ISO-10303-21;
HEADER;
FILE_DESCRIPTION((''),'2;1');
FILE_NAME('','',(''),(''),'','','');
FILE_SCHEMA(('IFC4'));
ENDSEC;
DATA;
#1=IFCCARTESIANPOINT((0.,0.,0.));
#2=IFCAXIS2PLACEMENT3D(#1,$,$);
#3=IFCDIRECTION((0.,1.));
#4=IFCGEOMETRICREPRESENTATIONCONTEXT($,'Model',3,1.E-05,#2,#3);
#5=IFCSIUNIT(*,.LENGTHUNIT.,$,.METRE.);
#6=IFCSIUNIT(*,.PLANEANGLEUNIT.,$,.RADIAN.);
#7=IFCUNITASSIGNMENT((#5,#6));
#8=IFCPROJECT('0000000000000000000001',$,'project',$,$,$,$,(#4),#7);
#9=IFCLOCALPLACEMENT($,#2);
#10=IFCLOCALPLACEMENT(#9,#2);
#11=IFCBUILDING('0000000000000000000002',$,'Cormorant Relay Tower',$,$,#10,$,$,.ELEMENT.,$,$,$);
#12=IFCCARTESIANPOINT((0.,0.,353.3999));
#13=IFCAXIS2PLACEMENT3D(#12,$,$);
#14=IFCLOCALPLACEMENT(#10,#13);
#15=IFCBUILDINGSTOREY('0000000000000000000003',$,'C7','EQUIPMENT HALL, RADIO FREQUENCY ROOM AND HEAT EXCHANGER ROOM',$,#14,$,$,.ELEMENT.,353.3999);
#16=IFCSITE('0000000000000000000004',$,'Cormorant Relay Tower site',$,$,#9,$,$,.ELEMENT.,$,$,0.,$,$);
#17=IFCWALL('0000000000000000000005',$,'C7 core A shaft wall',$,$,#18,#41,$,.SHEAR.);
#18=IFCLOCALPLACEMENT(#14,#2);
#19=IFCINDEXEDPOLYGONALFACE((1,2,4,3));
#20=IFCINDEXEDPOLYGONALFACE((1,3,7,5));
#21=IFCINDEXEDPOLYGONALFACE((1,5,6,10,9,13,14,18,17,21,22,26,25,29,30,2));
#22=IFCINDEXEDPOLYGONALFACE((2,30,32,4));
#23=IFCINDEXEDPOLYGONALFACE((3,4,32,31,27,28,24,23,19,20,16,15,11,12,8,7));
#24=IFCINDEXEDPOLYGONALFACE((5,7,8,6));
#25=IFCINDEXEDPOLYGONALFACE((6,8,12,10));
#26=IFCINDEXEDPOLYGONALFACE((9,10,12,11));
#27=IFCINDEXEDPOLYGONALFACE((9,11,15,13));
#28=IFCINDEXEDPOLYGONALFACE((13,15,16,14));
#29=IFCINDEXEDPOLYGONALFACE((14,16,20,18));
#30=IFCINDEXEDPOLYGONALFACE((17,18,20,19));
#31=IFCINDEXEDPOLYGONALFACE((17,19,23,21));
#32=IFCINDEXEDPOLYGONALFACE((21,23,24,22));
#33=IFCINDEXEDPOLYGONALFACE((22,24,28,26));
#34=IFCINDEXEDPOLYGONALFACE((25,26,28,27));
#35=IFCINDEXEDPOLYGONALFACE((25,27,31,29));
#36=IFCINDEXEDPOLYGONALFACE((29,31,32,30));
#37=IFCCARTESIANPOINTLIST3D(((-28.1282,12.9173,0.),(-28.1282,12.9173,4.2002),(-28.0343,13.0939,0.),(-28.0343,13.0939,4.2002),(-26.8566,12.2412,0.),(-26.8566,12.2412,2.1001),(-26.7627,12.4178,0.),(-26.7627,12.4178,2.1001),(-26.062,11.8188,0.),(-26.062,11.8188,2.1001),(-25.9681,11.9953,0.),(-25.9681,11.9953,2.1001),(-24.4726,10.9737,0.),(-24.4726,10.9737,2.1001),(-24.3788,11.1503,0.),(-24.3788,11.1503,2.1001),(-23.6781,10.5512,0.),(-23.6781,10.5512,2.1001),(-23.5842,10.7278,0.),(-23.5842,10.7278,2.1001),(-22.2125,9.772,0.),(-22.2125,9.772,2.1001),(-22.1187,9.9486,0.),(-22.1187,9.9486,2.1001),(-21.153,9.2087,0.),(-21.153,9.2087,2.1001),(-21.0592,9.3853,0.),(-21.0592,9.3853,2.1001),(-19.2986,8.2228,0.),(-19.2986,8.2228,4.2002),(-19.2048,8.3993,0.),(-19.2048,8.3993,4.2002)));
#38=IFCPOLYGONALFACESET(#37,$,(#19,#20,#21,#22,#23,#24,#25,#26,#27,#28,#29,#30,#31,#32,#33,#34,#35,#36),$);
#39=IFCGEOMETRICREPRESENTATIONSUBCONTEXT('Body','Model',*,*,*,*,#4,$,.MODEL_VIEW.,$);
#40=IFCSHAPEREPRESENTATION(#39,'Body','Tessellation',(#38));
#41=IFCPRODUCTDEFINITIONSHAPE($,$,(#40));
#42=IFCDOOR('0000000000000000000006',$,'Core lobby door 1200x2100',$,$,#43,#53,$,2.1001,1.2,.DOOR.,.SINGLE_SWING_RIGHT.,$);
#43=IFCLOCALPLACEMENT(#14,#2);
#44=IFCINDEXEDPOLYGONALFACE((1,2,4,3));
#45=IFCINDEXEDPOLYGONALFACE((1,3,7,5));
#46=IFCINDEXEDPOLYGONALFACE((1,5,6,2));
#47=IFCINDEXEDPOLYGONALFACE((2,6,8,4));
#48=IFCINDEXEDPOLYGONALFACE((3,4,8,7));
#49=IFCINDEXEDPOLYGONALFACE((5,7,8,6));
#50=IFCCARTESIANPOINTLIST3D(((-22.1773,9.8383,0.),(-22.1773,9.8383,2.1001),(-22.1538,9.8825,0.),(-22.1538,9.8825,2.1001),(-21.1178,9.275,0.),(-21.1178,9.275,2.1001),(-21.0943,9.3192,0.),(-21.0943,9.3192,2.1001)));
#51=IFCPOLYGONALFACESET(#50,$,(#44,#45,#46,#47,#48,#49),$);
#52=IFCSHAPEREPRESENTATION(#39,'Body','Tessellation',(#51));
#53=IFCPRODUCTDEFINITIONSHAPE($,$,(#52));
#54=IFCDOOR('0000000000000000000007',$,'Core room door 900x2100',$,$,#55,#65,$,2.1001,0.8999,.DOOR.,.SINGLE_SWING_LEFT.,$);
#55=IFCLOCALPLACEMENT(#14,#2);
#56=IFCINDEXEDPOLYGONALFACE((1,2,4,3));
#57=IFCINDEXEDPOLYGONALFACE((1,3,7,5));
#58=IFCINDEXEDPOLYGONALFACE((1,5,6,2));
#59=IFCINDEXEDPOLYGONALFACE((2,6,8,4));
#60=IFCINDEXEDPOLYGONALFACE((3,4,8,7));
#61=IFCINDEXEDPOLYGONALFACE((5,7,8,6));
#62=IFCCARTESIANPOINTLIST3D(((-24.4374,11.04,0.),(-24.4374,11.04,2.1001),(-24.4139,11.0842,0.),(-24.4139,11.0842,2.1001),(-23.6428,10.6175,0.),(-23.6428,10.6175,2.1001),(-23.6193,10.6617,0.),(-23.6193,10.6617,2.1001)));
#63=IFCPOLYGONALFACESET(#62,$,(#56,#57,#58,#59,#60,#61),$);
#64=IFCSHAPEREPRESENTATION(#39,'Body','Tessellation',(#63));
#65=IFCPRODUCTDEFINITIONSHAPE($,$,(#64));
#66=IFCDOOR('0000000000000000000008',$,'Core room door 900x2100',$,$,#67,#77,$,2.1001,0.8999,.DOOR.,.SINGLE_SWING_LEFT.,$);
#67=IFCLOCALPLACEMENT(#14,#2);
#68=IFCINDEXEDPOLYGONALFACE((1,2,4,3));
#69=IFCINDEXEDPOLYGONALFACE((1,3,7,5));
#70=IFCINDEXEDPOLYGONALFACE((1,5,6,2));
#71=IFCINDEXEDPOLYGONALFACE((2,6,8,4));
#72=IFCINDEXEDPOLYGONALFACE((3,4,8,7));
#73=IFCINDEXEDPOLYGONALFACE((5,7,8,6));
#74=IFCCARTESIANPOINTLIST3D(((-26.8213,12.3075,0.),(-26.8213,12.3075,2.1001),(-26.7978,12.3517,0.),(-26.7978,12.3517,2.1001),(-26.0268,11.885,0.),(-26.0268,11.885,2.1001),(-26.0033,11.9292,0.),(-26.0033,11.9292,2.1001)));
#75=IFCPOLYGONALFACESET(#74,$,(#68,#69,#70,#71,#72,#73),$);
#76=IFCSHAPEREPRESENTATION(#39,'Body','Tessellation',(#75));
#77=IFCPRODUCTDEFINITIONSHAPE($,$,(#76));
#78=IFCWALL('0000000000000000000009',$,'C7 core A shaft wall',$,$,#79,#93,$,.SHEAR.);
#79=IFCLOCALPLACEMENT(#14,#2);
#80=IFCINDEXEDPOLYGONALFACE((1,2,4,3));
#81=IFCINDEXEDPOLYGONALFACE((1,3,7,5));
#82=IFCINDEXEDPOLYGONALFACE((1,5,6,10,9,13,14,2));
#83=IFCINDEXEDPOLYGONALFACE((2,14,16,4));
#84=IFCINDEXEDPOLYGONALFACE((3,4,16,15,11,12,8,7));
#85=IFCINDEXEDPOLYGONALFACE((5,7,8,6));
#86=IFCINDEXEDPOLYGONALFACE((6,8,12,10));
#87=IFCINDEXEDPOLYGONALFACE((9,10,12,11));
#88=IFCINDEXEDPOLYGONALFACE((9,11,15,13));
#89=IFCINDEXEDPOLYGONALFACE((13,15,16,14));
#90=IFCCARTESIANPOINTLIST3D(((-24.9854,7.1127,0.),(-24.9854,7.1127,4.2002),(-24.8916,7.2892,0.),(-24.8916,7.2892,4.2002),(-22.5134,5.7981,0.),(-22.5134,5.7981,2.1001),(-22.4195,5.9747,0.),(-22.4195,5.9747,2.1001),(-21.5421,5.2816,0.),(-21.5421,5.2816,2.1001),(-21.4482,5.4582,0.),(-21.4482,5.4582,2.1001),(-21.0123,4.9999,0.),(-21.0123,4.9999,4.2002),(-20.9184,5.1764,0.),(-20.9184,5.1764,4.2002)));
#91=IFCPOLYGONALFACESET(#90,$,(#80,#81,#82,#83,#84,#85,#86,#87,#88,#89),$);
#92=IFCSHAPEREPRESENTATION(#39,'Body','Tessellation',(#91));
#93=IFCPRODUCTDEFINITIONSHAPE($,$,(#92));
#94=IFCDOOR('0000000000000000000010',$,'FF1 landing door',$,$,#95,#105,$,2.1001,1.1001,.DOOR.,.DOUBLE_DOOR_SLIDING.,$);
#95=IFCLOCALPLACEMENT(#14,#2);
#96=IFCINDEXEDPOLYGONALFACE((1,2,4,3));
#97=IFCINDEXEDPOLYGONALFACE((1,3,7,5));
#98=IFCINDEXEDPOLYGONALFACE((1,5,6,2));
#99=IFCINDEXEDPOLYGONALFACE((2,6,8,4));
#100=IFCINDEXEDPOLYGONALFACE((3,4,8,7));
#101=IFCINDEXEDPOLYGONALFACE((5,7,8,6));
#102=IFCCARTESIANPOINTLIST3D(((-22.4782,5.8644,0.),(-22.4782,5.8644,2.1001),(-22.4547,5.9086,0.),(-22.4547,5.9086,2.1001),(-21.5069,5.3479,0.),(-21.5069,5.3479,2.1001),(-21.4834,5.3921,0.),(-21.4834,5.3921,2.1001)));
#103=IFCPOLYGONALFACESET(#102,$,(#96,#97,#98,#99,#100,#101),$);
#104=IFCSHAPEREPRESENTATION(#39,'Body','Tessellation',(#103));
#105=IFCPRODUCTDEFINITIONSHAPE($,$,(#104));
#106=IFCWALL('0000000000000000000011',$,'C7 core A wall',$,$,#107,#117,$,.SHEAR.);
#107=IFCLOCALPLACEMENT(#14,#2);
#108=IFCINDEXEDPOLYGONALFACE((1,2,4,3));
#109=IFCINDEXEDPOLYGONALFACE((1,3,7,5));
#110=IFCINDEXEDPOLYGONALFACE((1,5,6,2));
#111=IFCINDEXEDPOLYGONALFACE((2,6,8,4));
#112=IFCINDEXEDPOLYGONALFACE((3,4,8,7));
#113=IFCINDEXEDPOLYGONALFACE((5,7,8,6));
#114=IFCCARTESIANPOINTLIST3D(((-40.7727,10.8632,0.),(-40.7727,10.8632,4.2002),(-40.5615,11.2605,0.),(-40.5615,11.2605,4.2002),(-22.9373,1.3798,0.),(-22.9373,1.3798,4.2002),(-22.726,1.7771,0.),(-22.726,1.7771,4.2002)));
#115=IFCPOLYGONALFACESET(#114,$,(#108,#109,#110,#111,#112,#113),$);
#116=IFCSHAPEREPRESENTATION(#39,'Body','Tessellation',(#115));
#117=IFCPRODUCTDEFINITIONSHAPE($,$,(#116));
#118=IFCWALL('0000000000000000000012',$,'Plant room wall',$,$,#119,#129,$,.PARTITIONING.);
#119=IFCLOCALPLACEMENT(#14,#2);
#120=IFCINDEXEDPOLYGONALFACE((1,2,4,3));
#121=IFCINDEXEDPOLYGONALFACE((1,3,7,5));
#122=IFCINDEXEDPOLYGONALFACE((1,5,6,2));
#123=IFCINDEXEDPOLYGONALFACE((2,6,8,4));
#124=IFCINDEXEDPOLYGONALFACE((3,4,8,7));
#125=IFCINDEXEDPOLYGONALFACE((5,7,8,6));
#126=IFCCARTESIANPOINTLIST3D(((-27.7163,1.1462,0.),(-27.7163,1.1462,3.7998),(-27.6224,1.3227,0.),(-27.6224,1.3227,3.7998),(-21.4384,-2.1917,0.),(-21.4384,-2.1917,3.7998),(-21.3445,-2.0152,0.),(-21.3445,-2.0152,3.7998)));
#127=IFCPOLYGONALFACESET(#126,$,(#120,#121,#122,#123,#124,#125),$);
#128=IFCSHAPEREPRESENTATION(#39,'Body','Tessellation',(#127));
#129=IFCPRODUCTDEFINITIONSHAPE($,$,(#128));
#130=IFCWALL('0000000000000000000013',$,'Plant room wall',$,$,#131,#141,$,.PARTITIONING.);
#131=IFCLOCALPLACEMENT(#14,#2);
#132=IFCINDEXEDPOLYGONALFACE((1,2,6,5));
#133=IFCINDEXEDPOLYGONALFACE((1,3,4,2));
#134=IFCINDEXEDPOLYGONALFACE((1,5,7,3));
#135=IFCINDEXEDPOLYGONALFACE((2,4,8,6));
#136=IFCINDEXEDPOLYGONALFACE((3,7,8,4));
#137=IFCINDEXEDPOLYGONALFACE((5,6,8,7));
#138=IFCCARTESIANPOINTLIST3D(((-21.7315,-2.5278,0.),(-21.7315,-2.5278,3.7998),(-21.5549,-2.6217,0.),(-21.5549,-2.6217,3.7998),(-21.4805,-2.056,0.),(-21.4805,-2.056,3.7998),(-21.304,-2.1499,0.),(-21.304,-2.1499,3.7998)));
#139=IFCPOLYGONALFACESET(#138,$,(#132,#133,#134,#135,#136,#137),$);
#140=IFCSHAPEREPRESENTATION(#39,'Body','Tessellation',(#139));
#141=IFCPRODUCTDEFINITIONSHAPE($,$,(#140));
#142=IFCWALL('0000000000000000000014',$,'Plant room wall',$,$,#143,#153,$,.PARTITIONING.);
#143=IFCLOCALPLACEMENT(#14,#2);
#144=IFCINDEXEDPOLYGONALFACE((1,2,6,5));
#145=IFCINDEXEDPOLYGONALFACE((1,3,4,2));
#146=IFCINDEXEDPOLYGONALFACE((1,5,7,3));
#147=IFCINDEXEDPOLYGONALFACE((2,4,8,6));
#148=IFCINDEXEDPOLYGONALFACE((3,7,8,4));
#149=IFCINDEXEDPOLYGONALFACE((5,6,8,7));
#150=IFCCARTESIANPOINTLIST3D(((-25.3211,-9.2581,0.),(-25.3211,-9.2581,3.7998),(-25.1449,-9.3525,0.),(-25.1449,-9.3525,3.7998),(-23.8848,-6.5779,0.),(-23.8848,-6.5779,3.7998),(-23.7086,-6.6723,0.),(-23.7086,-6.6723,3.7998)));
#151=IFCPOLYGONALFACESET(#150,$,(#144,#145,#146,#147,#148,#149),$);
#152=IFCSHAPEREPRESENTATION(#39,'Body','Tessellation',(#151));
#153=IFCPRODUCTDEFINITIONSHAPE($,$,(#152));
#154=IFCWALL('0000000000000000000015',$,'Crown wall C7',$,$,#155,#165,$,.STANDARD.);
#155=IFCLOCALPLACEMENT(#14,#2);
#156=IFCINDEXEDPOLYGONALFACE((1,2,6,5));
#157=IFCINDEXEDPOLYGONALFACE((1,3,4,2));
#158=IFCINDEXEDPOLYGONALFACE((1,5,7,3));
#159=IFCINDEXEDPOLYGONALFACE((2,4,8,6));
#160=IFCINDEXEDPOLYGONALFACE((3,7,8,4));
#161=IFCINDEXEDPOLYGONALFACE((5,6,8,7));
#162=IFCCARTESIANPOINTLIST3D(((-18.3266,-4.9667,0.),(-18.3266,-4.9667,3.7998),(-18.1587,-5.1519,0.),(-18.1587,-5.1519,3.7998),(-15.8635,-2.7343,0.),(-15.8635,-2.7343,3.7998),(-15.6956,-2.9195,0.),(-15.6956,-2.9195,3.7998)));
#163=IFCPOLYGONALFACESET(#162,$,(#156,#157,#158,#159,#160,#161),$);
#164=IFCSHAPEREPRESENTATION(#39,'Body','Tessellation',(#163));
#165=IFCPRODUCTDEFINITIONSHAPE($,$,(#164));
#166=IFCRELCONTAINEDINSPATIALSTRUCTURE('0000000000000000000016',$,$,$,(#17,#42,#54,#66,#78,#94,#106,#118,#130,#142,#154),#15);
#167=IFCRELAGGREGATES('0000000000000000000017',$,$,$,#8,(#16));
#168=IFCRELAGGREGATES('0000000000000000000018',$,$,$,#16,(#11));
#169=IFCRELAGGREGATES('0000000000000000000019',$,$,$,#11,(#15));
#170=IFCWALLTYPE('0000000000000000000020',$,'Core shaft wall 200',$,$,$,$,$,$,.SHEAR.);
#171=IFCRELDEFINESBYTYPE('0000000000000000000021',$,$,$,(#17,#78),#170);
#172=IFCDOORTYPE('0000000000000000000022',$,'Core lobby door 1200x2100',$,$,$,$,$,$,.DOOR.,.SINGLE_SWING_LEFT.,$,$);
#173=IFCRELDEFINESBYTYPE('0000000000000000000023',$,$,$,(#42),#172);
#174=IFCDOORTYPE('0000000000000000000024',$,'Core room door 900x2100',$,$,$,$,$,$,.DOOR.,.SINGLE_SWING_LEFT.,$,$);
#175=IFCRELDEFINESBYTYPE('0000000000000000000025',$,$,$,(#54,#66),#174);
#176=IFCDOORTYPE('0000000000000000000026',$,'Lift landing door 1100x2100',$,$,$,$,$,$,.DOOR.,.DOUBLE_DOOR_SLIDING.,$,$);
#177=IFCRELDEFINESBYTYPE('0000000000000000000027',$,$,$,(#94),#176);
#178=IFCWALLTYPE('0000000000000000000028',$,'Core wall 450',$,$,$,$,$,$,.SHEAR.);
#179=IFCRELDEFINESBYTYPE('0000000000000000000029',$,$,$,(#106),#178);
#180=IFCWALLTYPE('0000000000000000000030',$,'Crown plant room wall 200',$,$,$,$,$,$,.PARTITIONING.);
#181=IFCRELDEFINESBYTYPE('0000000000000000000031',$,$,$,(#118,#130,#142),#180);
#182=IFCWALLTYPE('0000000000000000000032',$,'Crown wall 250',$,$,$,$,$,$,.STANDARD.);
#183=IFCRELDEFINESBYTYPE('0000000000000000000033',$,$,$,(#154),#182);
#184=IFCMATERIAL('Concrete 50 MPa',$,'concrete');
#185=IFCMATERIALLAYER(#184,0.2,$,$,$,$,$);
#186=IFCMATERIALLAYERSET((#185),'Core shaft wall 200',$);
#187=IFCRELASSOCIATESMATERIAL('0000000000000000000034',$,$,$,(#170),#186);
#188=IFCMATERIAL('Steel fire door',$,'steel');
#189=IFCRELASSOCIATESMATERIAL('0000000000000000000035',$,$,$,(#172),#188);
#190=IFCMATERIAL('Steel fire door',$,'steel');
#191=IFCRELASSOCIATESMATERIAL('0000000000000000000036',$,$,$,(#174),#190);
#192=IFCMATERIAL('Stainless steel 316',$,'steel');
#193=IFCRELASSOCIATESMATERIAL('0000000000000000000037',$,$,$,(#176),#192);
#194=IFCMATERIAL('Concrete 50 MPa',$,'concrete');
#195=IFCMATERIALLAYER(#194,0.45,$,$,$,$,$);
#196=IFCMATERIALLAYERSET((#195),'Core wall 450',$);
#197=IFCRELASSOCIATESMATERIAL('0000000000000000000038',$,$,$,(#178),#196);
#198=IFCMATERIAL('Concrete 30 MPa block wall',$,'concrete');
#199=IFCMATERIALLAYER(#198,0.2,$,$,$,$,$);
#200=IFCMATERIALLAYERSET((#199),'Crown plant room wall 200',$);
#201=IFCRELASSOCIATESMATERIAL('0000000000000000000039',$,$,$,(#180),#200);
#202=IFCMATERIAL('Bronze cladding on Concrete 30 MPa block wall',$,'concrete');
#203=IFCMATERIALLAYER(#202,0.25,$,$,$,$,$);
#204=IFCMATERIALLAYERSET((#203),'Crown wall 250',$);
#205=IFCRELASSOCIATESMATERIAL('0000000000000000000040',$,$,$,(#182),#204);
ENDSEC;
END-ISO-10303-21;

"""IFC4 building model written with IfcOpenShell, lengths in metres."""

from ifc_helpers import new_model, si_unit, direction, frame, frame_2d, origin, place, context, subcontext, project, spatial, rectangle, extrude, material, layer, layer_set, type_object, element, fill, save


model = new_model("IFC4")

# Units and contexts
model_context = context("Model", 3, precision=1e-05, world=origin(), true_north=direction((0.0, 1.0)))
body_context = subcontext(model_context, "Body", "Model", "MODEL_VIEW")
ifc_project = project(units=[si_unit("LENGTHUNIT", "METRE"), si_unit("PLANEANGLEUNIT", "RADIAN")], contexts=[model_context])

# Site, building, storey
site_placement = place(None, origin())
site = spatial("IfcSite", under=ifc_project, at=site_placement, Name="Cormorant Relay Tower site", CompositionType="ELEMENT", RefElevation=0.0)
building_placement = place(site_placement, origin())
building = spatial("IfcBuilding", under=site, at=building_placement, Name="Cormorant Relay Tower", CompositionType="ELEMENT")
storey_placement = place(building_placement, frame((0.0, 0.0, 353.3999)))
storey = spatial("IfcBuildingStorey", under=building, at=storey_placement, Name="C7", Description="EQUIPMENT HALL, RADIO FREQUENCY ROOM AND HEAT EXCHANGER ROOM", CompositionType="ELEMENT", Elevation=353.3999)

# Shared definitions
ifc_material_1 = material(Name="Concrete 50 MPa", Category="concrete")
ifc_layer_1 = layer(ifc_material_1, 0.2)
ifc_layer_set_1 = layer_set([ifc_layer_1], Name="Core shaft wall 200")
wall_type_1 = type_object("IfcWallType", Name="Core shaft wall 200", PredefinedType="SHEAR", material=ifc_layer_set_1)

# Wall, openings, doors
wall_1_placement = place(storey_placement, frame((-19.2517, 8.311, 0.0), z_axis=(0.0, 0.0, 1.0), x_axis=(-0.882956, 0.469456, 0.0)))
wall_1 = element("IfcWall", 1, at=wall_1_placement, inside=storey, type_object=wall_type_1, Name="C7 core A shaft wall", PredefinedType="SHEAR", context=body_context, shape_type="SweptSolid", body=[
    extrude(rectangle(XDim=10.0, YDim=0.2, at=frame_2d((5.0, 0.0))), origin(), (0.0, 0.0, 1.0), 4.2002),
])
opening_1_placement = place(wall_1_placement, frame((2.1001, 0.0, 0.0)))
opening_1 = element("IfcOpeningElement", 2, at=opening_1_placement, cuts=wall_1, PredefinedType="OPENING", context=body_context, shape_type="SweptSolid", body=[
    extrude(rectangle(XDim=1.2, YDim=2.1001, at=frame_2d((0.6001, 1.05))), frame((0.0, 0.1099, 0.0), z_axis=(0.0, -1.0, 0.0), x_axis=(1.0, 0.0, 0.0)), (0.0, 0.0, 1.0), 0.22),
])
opening_2_placement = place(wall_1_placement, frame((4.96, 0.0, 0.0)))
opening_2 = element("IfcOpeningElement", 3, at=opening_2_placement, cuts=wall_1, PredefinedType="OPENING", context=body_context, shape_type="SweptSolid", body=[
    extrude(rectangle(XDim=0.8999, YDim=2.1001, at=frame_2d((0.45, 1.05))), frame((0.0, 0.1099, 0.0), z_axis=(0.0, -1.0, 0.0), x_axis=(1.0, 0.0, 0.0)), (0.0, 0.0, 1.0), 0.22),
])
opening_3_placement = place(wall_1_placement, frame((7.6599, 0.0, 0.0)))
opening_3 = element("IfcOpeningElement", 4, at=opening_3_placement, cuts=wall_1, PredefinedType="OPENING", context=body_context, shape_type="SweptSolid", body=[
    extrude(rectangle(XDim=0.8999, YDim=2.1001, at=frame_2d((0.45, 1.05))), frame((0.0, 0.1099, 0.0), z_axis=(0.0, -1.0, 0.0), x_axis=(1.0, 0.0, 0.0)), (0.0, 0.0, 1.0), 0.22),
])
ifc_material_2 = material(Name="Steel fire door", Category="steel")
door_type_1 = type_object("IfcDoorType", Name="Core lobby door 1200x2100", OperationType="SINGLE_SWING_LEFT", PredefinedType="DOOR", material=ifc_material_2)
door_1_placement = place(opening_1_placement, origin())
door_1 = element("IfcDoor", 5, at=door_1_placement, inside=storey, type_object=door_type_1, Name="Core lobby door 1200x2100", OperationType="SINGLE_SWING_RIGHT", OverallHeight=2.1001, OverallWidth=1.2, PredefinedType="DOOR", context=body_context, shape_type="SweptSolid", body=[
    extrude(rectangle(XDim=1.2, YDim=2.1001, at=frame_2d((0.6001, 1.05))), frame((0.0, 0.0249, 0.0), z_axis=(0.0, -1.0, 0.0), x_axis=(1.0, 0.0, 0.0)), (0.0, 0.0, 1.0), 0.05),
])
fill(opening_1, door_1)
ifc_material_3 = material(Name="Steel fire door", Category="steel")
door_type_2 = type_object("IfcDoorType", Name="Core room door 900x2100", OperationType="SINGLE_SWING_LEFT", PredefinedType="DOOR", material=ifc_material_3)
door_2_placement = place(opening_2_placement, origin())
door_2 = element("IfcDoor", 6, at=door_2_placement, inside=storey, type_object=door_type_2, Name="Core room door 900x2100", OperationType="SINGLE_SWING_LEFT", OverallHeight=2.1001, OverallWidth=0.8999, PredefinedType="DOOR", context=body_context, shape_type="SweptSolid", body=[
    extrude(rectangle(XDim=0.8999, YDim=2.1001, at=frame_2d((0.45, 1.05))), frame((0.0, 0.0249, 0.0), z_axis=(0.0, -1.0, 0.0), x_axis=(1.0, 0.0, 0.0)), (0.0, 0.0, 1.0), 0.05),
])
fill(opening_2, door_2)
door_3_placement = place(opening_3_placement, origin())
door_3 = element("IfcDoor", 7, at=door_3_placement, inside=storey, type_object=door_type_2, Name="Core room door 900x2100", OperationType="SINGLE_SWING_LEFT", OverallHeight=2.1001, OverallWidth=0.8999, PredefinedType="DOOR", context=body_context, shape_type="SweptSolid", body=[
    extrude(rectangle(XDim=0.8999, YDim=2.1001, at=frame_2d((0.45, 1.05))), frame((0.0, 0.0249, 0.0), z_axis=(0.0, -1.0, 0.0), x_axis=(1.0, 0.0, 0.0)), (0.0, 0.0, 1.0), 0.05),
])
fill(opening_3, door_3)

# Wall, opening, door
wall_2_placement = place(storey_placement, frame((-20.9653, 5.0881, 0.0), z_axis=(0.0, 0.0, 1.0), x_axis=(-0.882926, 0.469512, 0.0)))
wall_2 = element("IfcWall", 8, at=wall_2_placement, inside=storey, type_object=wall_type_1, Name="C7 core A shaft wall", PredefinedType="SHEAR", context=body_context, shape_type="SweptSolid", body=[
    extrude(rectangle(XDim=4.5, YDim=0.2, at=frame_2d((2.25, 0.0))), origin(), (0.0, 0.0, 1.0), 4.2002),
])
opening_4_placement = place(wall_2_placement, frame((0.6001, 0.0, 0.0)))
opening_4 = element("IfcOpeningElement", 9, at=opening_4_placement, cuts=wall_2, PredefinedType="OPENING", context=body_context, shape_type="SweptSolid", body=[
    extrude(rectangle(XDim=1.1001, YDim=2.1001, at=frame_2d((0.55, 1.05))), frame((0.0, 0.1099, 0.0), z_axis=(0.0, -1.0, 0.0), x_axis=(1.0, 0.0, 0.0)), (0.0, 0.0, 1.0), 0.22),
])
ifc_material_4 = material(Name="Stainless steel 316", Category="steel")
door_type_3 = type_object("IfcDoorType", Name="Lift landing door 1100x2100", OperationType="DOUBLE_DOOR_SLIDING", PredefinedType="DOOR", material=ifc_material_4)
door_4_placement = place(opening_4_placement, origin())
door_4 = element("IfcDoor", 10, at=door_4_placement, inside=storey, type_object=door_type_3, Name="FF1 landing door", OperationType="DOUBLE_DOOR_SLIDING", OverallHeight=2.1001, OverallWidth=1.1001, PredefinedType="DOOR", context=body_context, shape_type="SweptSolid", body=[
    extrude(rectangle(XDim=1.1001, YDim=2.1001, at=frame_2d((0.55, 1.05))), frame((0.0, 0.0249, 0.0), z_axis=(0.0, -1.0, 0.0), x_axis=(1.0, 0.0, 0.0)), (0.0, 0.0, 1.0), 0.05),
])
fill(opening_4, door_4)

# Walls
ifc_material_5 = material(Name="Concrete 50 MPa", Category="concrete")
ifc_layer_2 = layer(ifc_material_5, 0.45)
ifc_layer_set_2 = layer_set([ifc_layer_2], Name="Core wall 450")
wall_type_2 = type_object("IfcWallType", Name="Core wall 450", PredefinedType="SHEAR", material=ifc_layer_set_2)
wall_3_placement = place(storey_placement, frame((-22.8315, 1.5784, 0.0), z_axis=(0.0, 0.0, 1.0), x_axis=(-0.882945, 0.469476, 0.0)))
element("IfcWall", 11, at=wall_3_placement, inside=storey, type_object=wall_type_2, Name="C7 core A wall", PredefinedType="SHEAR", context=body_context, shape_type="SweptSolid", body=[
    extrude(rectangle(XDim=20.2, YDim=0.45, at=frame_2d((10.1001, 0.0))), origin(), (0.0, 0.0, 1.0), 4.2002),
])
ifc_material_6 = material(Name="Concrete 30 MPa block wall", Category="concrete")
ifc_layer_3 = layer(ifc_material_6, 0.2)
ifc_layer_set_3 = layer_set([ifc_layer_3], Name="Crown plant room wall 200")
wall_type_3 = type_object("IfcWallType", Name="Crown plant room wall 200", PredefinedType="PARTITIONING", material=ifc_layer_set_3)
wall_4_placement = place(storey_placement, frame((-21.3914, -2.1035, 0.0), z_axis=(0.0, 0.0, 1.0), x_axis=(-0.882953, 0.469461, 0.0)))
element("IfcWall", 12, at=wall_4_placement, inside=storey, type_object=wall_type_3, Name="Plant room wall", PredefinedType="PARTITIONING", context=body_context, shape_type="SweptSolid", body=[
    extrude(rectangle(XDim=7.1101, YDim=0.2, at=frame_2d((3.5552, 0.0))), origin(), (0.0, 0.0, 1.0), 3.7998),
])
wall_5_placement = place(storey_placement, frame((-21.3923, -2.103, 0.0), z_axis=(0.0, 0.0, 1.0), x_axis=(-0.469545, -0.882909, 0.0)))
element("IfcWall", 13, at=wall_5_placement, inside=storey, type_object=wall_type_3, Name="Plant room wall", PredefinedType="PARTITIONING", context=body_context, shape_type="SweptSolid", body=[
    extrude(rectangle(XDim=0.5344, YDim=0.2, at=frame_2d((0.2671, 0.0))), origin(), (0.0, 0.0, 1.0), 3.7998),
])
wall_6_placement = place(storey_placement, frame((-23.7966, -6.625, 0.0), z_axis=(0.0, 0.0, 1.0), x_axis=(-0.472342, -0.881416, 0.0)))
element("IfcWall", 14, at=wall_6_placement, inside=storey, type_object=wall_type_3, Name="Plant room wall", PredefinedType="PARTITIONING", context=body_context, shape_type="SweptSolid", body=[
    extrude(rectangle(XDim=3.0408, YDim=0.2, at=frame_2d((1.5205, 0.0))), origin(), (0.0, 0.0, 1.0), 3.7998),
])
ifc_material_7 = material(Name="Bronze cladding on Concrete 30 MPa block wall", Category="concrete")
ifc_layer_4 = layer(ifc_material_7, 0.25)
ifc_layer_set_4 = layer_set([ifc_layer_4], Name="Crown wall 250")
wall_type_4 = type_object("IfcWallType", Name="Crown wall 250", PredefinedType="STANDARD", material=ifc_layer_set_4)
wall_7_placement = place(storey_placement, frame((-15.7795, -2.8269, 0.0), z_axis=(0.0, 0.0, 1.0), x_axis=(-0.740956, -0.671553, 0.0)))
element("IfcWall", 15, at=wall_7_placement, inside=storey, type_object=wall_type_4, Name="Crown wall C7", PredefinedType="STANDARD", context=body_context, shape_type="SweptSolid", body=[
    extrude(rectangle(XDim=3.3242, YDim=0.25, at=frame_2d((1.6621, 0.0))), origin(), (0.0, 0.0, 1.0), 3.7998),
])

save(model, "model.ifc")
